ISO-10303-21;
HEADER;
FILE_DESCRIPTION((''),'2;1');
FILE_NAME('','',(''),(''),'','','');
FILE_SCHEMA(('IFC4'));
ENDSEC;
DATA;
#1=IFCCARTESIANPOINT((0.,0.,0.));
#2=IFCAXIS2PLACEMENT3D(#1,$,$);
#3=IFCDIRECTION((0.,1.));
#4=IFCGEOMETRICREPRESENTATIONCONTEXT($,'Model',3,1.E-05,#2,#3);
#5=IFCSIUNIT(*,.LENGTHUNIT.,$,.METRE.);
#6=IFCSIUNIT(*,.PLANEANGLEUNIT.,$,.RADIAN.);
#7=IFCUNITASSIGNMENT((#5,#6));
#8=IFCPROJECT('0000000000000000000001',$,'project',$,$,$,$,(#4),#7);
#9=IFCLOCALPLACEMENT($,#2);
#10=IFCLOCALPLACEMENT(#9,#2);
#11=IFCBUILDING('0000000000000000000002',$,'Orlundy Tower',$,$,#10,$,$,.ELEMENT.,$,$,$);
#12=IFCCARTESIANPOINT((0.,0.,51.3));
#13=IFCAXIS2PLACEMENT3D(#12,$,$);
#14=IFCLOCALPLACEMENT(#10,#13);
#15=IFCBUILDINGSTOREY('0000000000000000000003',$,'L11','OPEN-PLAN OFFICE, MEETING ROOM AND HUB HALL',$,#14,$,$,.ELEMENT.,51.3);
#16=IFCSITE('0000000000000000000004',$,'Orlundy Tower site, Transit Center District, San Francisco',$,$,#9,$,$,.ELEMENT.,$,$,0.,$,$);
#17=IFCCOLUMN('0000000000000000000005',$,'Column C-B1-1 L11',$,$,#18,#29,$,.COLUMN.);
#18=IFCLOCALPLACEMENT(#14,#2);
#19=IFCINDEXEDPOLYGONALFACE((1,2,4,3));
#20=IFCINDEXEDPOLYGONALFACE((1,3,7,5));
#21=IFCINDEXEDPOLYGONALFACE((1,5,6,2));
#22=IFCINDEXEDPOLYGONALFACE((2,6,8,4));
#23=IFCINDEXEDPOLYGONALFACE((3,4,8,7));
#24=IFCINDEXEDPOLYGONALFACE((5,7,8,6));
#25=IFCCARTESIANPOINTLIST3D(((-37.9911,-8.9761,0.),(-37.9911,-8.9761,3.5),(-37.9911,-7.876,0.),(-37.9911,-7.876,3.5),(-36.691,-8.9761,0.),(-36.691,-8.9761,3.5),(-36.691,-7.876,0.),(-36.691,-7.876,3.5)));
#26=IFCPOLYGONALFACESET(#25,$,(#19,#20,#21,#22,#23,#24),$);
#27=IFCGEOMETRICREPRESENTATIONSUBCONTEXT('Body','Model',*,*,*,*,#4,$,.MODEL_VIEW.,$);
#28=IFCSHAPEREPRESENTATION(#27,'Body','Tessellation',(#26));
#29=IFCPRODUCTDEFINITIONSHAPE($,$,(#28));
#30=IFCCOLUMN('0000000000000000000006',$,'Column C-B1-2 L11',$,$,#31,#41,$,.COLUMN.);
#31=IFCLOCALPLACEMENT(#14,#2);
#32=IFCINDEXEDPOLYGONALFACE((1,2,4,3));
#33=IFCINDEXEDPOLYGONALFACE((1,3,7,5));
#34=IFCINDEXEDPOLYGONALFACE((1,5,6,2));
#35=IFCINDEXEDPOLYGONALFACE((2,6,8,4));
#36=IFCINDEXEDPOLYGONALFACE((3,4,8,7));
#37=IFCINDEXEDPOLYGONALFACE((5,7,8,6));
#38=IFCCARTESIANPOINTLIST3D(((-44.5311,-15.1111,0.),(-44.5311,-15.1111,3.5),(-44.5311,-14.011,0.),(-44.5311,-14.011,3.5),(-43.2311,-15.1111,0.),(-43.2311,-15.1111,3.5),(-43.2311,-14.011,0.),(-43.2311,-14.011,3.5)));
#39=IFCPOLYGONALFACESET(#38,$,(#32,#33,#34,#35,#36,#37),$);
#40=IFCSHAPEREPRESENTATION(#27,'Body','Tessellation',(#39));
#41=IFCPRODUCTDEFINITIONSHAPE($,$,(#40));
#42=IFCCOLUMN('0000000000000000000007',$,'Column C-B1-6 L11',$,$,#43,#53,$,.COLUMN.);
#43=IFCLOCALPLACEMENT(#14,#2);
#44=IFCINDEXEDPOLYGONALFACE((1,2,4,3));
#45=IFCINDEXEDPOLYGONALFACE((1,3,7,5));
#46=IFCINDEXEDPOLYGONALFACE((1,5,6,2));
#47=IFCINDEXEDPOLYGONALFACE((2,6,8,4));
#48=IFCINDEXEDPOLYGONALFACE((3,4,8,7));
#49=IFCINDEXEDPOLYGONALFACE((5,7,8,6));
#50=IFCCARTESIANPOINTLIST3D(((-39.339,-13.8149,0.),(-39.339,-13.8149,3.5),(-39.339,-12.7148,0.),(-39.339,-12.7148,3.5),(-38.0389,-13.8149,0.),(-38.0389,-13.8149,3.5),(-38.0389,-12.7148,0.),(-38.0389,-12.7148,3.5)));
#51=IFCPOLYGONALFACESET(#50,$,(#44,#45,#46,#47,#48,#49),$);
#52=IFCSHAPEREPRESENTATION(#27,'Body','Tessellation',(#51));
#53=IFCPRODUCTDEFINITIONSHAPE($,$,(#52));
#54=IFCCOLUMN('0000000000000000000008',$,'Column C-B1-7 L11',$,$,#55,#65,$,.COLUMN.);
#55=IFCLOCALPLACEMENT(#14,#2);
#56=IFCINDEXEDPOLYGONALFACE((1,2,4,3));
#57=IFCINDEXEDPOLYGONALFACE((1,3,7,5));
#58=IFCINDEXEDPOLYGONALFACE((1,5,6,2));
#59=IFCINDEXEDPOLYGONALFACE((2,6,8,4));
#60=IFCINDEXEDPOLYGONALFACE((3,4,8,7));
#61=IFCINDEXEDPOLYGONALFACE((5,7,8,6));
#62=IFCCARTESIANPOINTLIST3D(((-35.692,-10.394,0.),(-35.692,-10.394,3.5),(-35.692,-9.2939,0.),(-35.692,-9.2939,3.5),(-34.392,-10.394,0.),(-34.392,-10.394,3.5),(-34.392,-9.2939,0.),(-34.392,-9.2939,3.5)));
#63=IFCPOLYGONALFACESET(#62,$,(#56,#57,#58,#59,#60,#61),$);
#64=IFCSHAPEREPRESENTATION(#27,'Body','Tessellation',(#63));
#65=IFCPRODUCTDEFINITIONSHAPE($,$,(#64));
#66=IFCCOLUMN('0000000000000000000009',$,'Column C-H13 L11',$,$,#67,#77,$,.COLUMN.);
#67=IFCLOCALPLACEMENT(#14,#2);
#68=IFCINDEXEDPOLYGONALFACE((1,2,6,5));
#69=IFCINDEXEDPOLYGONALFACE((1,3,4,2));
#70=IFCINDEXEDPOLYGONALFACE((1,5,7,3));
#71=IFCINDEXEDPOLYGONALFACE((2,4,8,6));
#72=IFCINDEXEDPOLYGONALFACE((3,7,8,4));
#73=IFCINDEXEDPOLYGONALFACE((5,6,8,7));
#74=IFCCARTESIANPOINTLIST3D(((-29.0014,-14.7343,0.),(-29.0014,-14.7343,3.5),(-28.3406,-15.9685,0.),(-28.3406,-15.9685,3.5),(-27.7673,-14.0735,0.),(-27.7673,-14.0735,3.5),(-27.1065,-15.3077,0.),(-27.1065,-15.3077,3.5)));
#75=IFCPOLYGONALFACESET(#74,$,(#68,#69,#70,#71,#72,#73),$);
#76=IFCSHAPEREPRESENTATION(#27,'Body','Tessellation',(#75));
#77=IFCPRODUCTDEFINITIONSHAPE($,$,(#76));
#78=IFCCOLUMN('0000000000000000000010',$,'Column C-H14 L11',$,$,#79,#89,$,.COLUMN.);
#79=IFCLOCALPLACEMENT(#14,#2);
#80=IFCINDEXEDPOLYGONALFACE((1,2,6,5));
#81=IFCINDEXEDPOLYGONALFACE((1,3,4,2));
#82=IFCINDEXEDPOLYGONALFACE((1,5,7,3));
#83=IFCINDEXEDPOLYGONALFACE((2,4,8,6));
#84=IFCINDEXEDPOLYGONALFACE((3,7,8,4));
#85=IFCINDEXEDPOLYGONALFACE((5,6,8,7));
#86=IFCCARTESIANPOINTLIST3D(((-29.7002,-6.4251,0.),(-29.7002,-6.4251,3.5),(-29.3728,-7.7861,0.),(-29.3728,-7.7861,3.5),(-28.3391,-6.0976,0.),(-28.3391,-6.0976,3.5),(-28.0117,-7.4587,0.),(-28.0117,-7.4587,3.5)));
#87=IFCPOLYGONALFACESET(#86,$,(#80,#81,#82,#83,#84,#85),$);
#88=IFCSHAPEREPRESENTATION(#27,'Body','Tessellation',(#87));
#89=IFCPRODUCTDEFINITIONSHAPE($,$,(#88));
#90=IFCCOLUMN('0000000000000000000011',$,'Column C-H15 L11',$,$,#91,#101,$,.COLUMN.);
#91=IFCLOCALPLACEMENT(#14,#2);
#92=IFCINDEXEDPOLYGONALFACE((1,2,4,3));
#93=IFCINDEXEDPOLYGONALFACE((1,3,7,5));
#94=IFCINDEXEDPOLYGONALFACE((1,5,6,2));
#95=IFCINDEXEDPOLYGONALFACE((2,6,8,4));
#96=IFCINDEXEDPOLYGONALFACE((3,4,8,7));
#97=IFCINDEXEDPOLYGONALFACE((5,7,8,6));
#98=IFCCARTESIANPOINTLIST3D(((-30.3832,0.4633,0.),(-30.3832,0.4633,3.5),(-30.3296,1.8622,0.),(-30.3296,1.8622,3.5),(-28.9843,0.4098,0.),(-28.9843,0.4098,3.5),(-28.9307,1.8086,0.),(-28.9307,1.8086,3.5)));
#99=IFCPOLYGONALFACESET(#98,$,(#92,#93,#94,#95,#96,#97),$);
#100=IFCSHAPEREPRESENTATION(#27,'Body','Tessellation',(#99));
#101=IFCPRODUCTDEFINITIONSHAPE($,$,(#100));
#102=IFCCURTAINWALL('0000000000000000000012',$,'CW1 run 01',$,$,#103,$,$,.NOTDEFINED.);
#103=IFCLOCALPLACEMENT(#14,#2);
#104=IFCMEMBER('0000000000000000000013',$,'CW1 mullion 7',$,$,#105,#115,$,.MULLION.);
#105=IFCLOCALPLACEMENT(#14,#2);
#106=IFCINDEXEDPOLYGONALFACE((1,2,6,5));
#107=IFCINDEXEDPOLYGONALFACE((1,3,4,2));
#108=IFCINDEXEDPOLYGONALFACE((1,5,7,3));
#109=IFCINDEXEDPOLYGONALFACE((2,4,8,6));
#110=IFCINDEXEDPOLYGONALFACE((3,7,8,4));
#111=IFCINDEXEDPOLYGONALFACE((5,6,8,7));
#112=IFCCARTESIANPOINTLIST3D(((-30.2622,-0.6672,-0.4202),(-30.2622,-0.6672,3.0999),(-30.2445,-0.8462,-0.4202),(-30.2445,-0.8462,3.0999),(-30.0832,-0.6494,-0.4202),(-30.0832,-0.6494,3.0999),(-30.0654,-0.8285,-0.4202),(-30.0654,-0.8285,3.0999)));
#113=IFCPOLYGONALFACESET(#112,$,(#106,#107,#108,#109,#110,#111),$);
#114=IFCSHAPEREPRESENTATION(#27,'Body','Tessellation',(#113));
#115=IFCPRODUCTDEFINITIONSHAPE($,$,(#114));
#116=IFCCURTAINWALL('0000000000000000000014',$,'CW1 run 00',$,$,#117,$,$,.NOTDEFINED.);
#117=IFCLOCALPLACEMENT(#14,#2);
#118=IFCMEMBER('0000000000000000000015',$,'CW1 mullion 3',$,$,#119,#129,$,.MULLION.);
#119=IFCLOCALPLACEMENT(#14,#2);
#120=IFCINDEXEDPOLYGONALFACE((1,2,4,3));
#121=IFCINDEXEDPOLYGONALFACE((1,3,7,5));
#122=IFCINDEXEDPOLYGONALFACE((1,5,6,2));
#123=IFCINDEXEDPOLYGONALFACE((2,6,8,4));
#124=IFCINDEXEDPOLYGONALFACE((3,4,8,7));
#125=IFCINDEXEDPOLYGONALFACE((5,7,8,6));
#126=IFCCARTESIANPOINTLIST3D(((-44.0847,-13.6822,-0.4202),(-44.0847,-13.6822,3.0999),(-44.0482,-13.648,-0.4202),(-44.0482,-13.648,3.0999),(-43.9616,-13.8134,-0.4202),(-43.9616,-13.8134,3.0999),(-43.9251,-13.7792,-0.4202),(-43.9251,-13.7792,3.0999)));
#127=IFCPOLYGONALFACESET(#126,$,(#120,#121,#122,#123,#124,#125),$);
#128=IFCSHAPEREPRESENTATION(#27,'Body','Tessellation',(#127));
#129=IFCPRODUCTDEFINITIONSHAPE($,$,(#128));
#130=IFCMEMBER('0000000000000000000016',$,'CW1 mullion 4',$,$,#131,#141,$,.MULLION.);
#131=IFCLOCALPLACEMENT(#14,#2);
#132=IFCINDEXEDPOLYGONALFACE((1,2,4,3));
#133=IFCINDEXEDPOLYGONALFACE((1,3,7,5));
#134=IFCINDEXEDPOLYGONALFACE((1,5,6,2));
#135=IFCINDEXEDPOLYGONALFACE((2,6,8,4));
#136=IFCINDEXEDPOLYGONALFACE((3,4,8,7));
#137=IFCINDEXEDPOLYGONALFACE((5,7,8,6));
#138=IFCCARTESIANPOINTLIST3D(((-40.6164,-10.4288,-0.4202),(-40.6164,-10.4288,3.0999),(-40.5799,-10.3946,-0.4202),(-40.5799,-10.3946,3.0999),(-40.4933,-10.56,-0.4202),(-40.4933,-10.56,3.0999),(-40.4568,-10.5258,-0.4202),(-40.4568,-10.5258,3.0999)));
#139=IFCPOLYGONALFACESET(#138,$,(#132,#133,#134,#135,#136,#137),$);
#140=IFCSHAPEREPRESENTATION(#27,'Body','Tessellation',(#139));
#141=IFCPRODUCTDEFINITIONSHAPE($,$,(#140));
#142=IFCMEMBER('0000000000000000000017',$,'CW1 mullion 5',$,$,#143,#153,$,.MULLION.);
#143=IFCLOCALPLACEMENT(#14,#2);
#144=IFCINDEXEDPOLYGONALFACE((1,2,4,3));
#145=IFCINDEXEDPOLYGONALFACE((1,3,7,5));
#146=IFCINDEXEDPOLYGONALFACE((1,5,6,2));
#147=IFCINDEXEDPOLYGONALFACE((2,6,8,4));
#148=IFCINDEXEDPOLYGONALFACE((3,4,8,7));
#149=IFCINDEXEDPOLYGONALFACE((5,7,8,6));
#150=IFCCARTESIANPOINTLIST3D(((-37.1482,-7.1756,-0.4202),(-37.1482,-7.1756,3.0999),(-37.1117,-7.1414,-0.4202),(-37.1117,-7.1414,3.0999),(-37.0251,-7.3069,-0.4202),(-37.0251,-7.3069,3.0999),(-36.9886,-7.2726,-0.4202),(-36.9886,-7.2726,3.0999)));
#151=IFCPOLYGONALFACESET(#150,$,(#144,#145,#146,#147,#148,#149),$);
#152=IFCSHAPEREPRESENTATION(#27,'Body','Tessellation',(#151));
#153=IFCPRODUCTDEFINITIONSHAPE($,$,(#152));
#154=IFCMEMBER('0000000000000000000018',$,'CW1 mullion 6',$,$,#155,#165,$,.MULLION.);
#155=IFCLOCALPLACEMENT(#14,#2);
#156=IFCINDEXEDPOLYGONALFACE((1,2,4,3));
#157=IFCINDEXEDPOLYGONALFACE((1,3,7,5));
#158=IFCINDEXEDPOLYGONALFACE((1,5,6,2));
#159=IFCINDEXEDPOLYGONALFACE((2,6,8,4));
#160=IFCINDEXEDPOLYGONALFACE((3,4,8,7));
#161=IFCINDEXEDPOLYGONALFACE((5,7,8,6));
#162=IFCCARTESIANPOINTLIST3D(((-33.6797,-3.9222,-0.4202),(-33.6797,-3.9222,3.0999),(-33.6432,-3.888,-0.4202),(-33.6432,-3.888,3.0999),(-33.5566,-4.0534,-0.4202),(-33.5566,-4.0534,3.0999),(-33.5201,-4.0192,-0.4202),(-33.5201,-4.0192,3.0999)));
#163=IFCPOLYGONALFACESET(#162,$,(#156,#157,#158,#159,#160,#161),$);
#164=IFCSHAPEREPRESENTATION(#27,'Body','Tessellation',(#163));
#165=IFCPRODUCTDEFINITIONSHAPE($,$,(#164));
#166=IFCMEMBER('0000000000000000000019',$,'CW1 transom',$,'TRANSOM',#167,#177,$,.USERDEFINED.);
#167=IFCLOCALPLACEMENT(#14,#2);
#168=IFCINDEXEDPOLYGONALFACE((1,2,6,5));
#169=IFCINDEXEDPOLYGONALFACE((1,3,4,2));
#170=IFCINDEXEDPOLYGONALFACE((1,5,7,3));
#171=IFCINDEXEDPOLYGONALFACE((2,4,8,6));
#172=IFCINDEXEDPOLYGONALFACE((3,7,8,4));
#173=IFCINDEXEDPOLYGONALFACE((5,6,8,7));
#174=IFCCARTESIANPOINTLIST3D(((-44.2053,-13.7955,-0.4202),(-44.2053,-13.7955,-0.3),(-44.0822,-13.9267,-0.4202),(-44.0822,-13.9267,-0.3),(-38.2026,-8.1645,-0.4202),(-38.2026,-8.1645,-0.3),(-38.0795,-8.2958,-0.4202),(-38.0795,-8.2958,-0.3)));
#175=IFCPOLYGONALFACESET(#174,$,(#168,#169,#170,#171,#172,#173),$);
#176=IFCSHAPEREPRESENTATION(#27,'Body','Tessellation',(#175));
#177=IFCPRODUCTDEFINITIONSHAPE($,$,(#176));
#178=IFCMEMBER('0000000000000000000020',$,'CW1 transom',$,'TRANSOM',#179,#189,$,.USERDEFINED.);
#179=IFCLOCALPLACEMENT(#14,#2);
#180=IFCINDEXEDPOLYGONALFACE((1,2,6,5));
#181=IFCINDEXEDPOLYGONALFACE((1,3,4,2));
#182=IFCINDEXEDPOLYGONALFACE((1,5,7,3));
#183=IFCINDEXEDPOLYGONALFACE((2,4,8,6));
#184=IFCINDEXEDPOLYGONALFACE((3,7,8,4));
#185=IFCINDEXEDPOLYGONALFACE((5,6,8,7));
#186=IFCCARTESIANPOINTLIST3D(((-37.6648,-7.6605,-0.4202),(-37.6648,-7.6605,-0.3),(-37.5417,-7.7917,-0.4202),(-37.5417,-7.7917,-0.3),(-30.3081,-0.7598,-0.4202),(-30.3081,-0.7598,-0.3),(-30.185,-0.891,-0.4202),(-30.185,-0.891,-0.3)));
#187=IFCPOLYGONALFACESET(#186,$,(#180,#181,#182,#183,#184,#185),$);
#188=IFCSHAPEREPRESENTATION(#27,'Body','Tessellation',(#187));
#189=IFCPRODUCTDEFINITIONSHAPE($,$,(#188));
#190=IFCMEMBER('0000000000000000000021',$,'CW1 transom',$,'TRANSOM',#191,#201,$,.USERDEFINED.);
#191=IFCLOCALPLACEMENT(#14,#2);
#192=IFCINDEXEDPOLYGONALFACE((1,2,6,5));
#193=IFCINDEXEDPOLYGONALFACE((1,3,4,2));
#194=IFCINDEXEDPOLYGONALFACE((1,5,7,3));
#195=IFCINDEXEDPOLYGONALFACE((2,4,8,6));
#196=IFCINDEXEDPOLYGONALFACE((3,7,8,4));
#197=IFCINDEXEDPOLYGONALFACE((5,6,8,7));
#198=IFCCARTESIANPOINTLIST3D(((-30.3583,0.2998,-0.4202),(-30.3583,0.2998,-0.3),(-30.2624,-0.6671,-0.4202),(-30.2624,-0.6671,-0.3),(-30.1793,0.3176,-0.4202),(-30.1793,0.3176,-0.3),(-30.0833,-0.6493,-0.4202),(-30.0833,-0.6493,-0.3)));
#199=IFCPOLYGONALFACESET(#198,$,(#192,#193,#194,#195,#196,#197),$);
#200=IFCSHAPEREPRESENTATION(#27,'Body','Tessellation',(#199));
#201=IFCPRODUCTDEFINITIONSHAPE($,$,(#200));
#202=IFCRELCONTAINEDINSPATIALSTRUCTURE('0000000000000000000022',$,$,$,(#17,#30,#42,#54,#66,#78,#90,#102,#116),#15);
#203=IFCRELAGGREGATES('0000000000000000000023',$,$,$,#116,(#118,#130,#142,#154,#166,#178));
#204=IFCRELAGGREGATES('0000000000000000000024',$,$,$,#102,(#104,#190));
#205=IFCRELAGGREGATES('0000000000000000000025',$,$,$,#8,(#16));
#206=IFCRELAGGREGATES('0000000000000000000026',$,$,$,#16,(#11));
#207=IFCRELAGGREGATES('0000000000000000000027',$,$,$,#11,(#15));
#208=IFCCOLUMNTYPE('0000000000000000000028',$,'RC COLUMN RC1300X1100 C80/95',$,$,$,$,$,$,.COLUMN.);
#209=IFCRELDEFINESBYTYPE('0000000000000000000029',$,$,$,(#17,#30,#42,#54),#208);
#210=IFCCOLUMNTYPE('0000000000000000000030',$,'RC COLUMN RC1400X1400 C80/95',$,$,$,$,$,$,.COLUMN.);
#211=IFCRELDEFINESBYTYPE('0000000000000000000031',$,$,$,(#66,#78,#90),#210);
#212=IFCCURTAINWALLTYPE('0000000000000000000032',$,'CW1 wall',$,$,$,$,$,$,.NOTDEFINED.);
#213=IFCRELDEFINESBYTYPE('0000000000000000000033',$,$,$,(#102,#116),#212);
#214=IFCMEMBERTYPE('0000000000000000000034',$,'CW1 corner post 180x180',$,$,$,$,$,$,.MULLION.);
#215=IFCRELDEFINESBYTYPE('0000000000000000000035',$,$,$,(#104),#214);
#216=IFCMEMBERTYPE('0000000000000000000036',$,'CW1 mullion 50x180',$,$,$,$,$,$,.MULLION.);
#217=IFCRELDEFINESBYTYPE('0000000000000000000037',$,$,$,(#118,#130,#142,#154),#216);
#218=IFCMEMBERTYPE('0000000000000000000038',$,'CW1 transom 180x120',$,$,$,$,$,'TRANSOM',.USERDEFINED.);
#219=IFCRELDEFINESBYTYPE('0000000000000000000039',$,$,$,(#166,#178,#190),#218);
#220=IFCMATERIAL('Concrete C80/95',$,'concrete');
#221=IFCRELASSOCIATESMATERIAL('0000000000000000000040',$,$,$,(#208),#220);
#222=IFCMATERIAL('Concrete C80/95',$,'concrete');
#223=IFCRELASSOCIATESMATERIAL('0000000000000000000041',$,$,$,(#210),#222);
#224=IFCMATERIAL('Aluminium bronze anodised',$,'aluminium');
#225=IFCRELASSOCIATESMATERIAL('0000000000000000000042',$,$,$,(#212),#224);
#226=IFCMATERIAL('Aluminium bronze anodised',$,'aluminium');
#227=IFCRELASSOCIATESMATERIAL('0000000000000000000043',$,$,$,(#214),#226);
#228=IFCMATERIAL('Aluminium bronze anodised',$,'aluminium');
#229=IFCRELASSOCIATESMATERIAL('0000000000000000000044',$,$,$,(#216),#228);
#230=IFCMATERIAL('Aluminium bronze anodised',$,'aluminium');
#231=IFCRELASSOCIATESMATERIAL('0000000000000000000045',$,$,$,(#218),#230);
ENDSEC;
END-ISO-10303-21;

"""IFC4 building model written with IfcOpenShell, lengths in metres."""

from ifc_helpers import new_model, si_unit, direction, frame, origin, origin_2d, place, context, subcontext, project, spatial, rectangle, extrude, material, material_profile, profile_set, type_object, element, aggregate, save


model = new_model("IFC4")

# Units and contexts
model_context = context("Model", 3, precision=1e-05, world=origin(), true_north=direction((0.0, 1.0)))
body_context = subcontext(model_context, "Body", "Model", "MODEL_VIEW")
ifc_project = project(units=[si_unit("LENGTHUNIT", "METRE"), si_unit("PLANEANGLEUNIT", "RADIAN")], contexts=[model_context])

# Site, building, storey
site_placement = place(None, origin())
site = spatial("IfcSite", under=ifc_project, at=site_placement, Name="Orlundy Tower site, Transit Center District, San Francisco", CompositionType="ELEMENT", RefElevation=0.0)
building_placement = place(site_placement, origin())
building = spatial("IfcBuilding", under=site, at=building_placement, Name="Orlundy Tower", CompositionType="ELEMENT")
storey_placement = place(building_placement, frame((0.0, 0.0, 51.3)))
storey = spatial("IfcBuildingStorey", under=building, at=storey_placement, Name="L11", Description="OPEN-PLAN OFFICE, MEETING ROOM AND HUB HALL", CompositionType="ELEMENT", Elevation=51.3)

# Columns
ifc_material_1 = material(Name="Concrete C80/95", Category="concrete")
ifc_material_profile_1 = material_profile(ifc_material_1, rectangle(XDim=1.3, YDim=1.1001, at=origin_2d()), Name="RC1300X1100")
ifc_profile_set_1 = profile_set([ifc_material_profile_1], Name="Concrete C80/95")
column_type_1 = type_object("IfcColumnType", Name="RC COLUMN RC1300X1100 C80/95", PredefinedType="COLUMN", material=ifc_profile_set_1)
for number, where, z_axis, x_axis, name in (
    (1, (-37.3411, -8.426, 0.0), (0.0, 0.0, 1.0), (1.0, 0.0, 0.0), "Column C-B1-1 L11"),
    (2, (-43.8811, -14.561, 0.0), (0.0, 0.0, 1.0), (1.0, 0.0, 0.0), "Column C-B1-2 L11"),
    (3, (-38.689, -13.2649, 0.0), (0.0, 0.0, 1.0), (1.0, 0.0, 0.0), "Column C-B1-6 L11"),
    (4, (-35.042, -9.844, 0.0), (0.0, 0.0, 1.0), (1.0, 0.0, 0.0), "Column C-B1-7 L11"),
):
    element("IfcColumn", number, at=place(storey_placement, frame(where, z_axis=z_axis, x_axis=x_axis)), inside=storey, type_object=column_type_1, Name=name, PredefinedType="COLUMN", context=body_context, shape_type="SweptSolid", body=[
        extrude(rectangle(XDim=1.3, YDim=1.1001, at=origin_2d()), origin(), (0.0, 0.0, 1.0), 3.5),
    ])
ifc_material_2 = material(Name="Concrete C80/95", Category="concrete")
ifc_material_profile_2 = material_profile(ifc_material_2, rectangle(XDim=1.3999, YDim=1.3999, at=origin_2d()), Name="RC1400X1400")
ifc_profile_set_2 = profile_set([ifc_material_profile_2], Name="Concrete C80/95")
column_type_2 = type_object("IfcColumnType", Name="RC COLUMN RC1400X1400 C80/95", PredefinedType="COLUMN", material=ifc_profile_set_2)
for number, where, z_axis, x_axis, name in (
    (5, (-28.054, -15.021, 0.0), (0.0, 0.0, 1.0), (-0.881584, -0.472028, 0.0), "Column C-H13 L11"),
    (6, (-28.856, -6.9419, 0.0), (0.0, 0.0, 1.0), (-0.97226, -0.233904, 0.0), "Column C-H14 L11"),
    (7, (-29.657, 1.136, 0.0), (0.0, 0.0, 1.0), (-0.999267, 0.038283, 0.0), "Column C-H15 L11"),
):
    element("IfcColumn", number, at=place(storey_placement, frame(where, z_axis=z_axis, x_axis=x_axis)), inside=storey, type_object=column_type_2, Name=name, PredefinedType="COLUMN", context=body_context, shape_type="SweptSolid", body=[
        extrude(rectangle(XDim=1.3999, YDim=1.3999, at=origin_2d()), origin(), (0.0, 0.0, 1.0), 3.5),
    ])

# Curtain wall, member
ifc_material_3 = material(Name="Aluminium bronze anodised", Category="aluminium")
curtain_wall_type = type_object("IfcCurtainWallType", Name="CW1 wall", PredefinedType="NOTDEFINED", material=ifc_material_3)
curtain_wall_1_placement = place(storey_placement, origin())
curtain_wall_1 = element("IfcCurtainWall", 8, at=curtain_wall_1_placement, inside=storey, type_object=curtain_wall_type, Name="CW1 run 01", PredefinedType="NOTDEFINED")
ifc_material_4 = material(Name="Aluminium bronze anodised", Category="aluminium")
ifc_material_profile_3 = material_profile(ifc_material_4, rectangle(XDim=0.1799, YDim=0.1799, at=origin_2d()), Name="CW1 corner post 180x180")
ifc_profile_set_3 = profile_set([ifc_material_profile_3], Name="Aluminium bronze anodised")
member_type_1 = type_object("IfcMemberType", Name="CW1 corner post 180x180", PredefinedType="MULLION", material=ifc_profile_set_3)
member_1_placement = place(storey_placement, frame((-30.1638, -0.7478, -0.4202), z_axis=(0.0, 0.0, 1.0), x_axis=(-0.99512, -0.098672, 0.0)))
member_1 = element("IfcMember", 9, at=member_1_placement, type_object=member_type_1, Name="CW1 mullion 7", PredefinedType="MULLION", context=body_context, shape_type="SweptSolid", body=[
    extrude(rectangle(XDim=0.1799, YDim=0.1799, at=origin_2d()), origin(), (0.0, 0.0, 1.0), 3.52),
])

# Curtain wall, members
curtain_wall_2_placement = place(storey_placement, origin())
curtain_wall_2 = element("IfcCurtainWall", 10, at=curtain_wall_2_placement, inside=storey, type_object=curtain_wall_type, Name="CW1 run 00", PredefinedType="NOTDEFINED")
ifc_material_5 = material(Name="Aluminium bronze anodised", Category="aluminium")
ifc_material_profile_4 = material_profile(ifc_material_5, rectangle(XDim=0.1799, YDim=0.05, at=origin_2d()), Name="CW1 mullion 50x180")
ifc_profile_set_4 = profile_set([ifc_material_profile_4], Name="Aluminium bronze anodised")
member_type_2 = type_object("IfcMemberType", Name="CW1 mullion 50x180", PredefinedType="MULLION", material=ifc_profile_set_4)
member_2_placement = place(storey_placement, frame((-44.0049, -13.7307, -0.4202), z_axis=(0.0, 0.0, 1.0), x_axis=(-0.684139, 0.729351, 0.0)))
member_2 = element("IfcMember", 11, at=member_2_placement, type_object=member_type_2, Name="CW1 mullion 3", PredefinedType="MULLION", context=body_context, shape_type="SweptSolid", body=[
    extrude(rectangle(XDim=0.1799, YDim=0.05, at=origin_2d()), origin(), (0.0, 0.0, 1.0), 3.52),
])
member_3_placement = place(storey_placement, frame((-40.5366, -10.4773, -0.4202), z_axis=(0.0, 0.0, 1.0), x_axis=(-0.684139, 0.729351, 0.0)))
member_3 = element("IfcMember", 12, at=member_3_placement, type_object=member_type_2, Name="CW1 mullion 4", PredefinedType="MULLION", context=body_context, shape_type="SweptSolid", body=[
    extrude(rectangle(XDim=0.1799, YDim=0.05, at=origin_2d()), origin(), (0.0, 0.0, 1.0), 3.52),
])
member_4_placement = place(storey_placement, frame((-37.0684, -7.2241, -0.4202), z_axis=(0.0, 0.0, 1.0), x_axis=(-0.684139, 0.729351, 0.0)))
member_4 = element("IfcMember", 13, at=member_4_placement, type_object=member_type_2, Name="CW1 mullion 5", PredefinedType="MULLION", context=body_context, shape_type="SweptSolid", body=[
    extrude(rectangle(XDim=0.1799, YDim=0.05, at=origin_2d()), origin(), (0.0, 0.0, 1.0), 3.52),
])
member_5_placement = place(storey_placement, frame((-33.5999, -3.9707, -0.4202), z_axis=(0.0, 0.0, 1.0), x_axis=(-0.684139, 0.729351, 0.0)))
member_5 = element("IfcMember", 14, at=member_5_placement, type_object=member_type_2, Name="CW1 mullion 6", PredefinedType="MULLION", context=body_context, shape_type="SweptSolid", body=[
    extrude(rectangle(XDim=0.1799, YDim=0.05, at=origin_2d()), origin(), (0.0, 0.0, 1.0), 3.52),
])
ifc_material_6 = material(Name="Aluminium bronze anodised", Category="aluminium")
ifc_material_profile_5 = material_profile(ifc_material_6, rectangle(XDim=0.1799, YDim=0.1201, at=origin_2d()), Name="CW1 transom 180x120")
ifc_profile_set_5 = profile_set([ifc_material_profile_5], Name="Aluminium bronze anodised")
member_type_3 = type_object("IfcMemberType", Name="CW1 transom 180x120", ElementType="TRANSOM", PredefinedType="USERDEFINED", material=ifc_profile_set_5)
member_6_placement = place(storey_placement, frame((-44.1438, -13.8611, -0.3601), z_axis=(0.729335, 0.684157, 0.0), x_axis=(-0.684157, 0.729335, 0.0)))
member_6 = element("IfcMember", 15, at=member_6_placement, type_object=member_type_3, Name="CW1 transom", ObjectType="TRANSOM", PredefinedType="USERDEFINED", context=body_context, shape_type="SweptSolid", body=[
    extrude(rectangle(XDim=0.1799, YDim=0.1201, at=origin_2d()), origin(), (0.0, 0.0, 1.0), 8.2305),
])
member_7_placement = place(storey_placement, frame((-37.6033, -7.7261, -0.3601), z_axis=(0.729352, 0.684138, 0.0), x_axis=(-0.684138, 0.729352, 0.0)))
member_7 = element("IfcMember", 16, at=member_7_placement, type_object=member_type_3, Name="CW1 transom", ObjectType="TRANSOM", PredefinedType="USERDEFINED", context=body_context, shape_type="SweptSolid", body=[
    extrude(rectangle(XDim=0.1799, YDim=0.1201, at=origin_2d()), origin(), (0.0, 0.0, 1.0), 10.0867),
])

# Member
member_8_placement = place(storey_placement, frame((-30.1729, -0.6582, -0.3601), z_axis=(-0.098733, 0.995114, 0.0), x_axis=(-0.995114, -0.098733, 0.0)))
member_8 = element("IfcMember", 17, at=member_8_placement, type_object=member_type_3, Name="CW1 transom", ObjectType="TRANSOM", PredefinedType="USERDEFINED", context=body_context, shape_type="SweptSolid", body=[
    extrude(rectangle(XDim=0.1799, YDim=0.1201, at=origin_2d()), origin(), (0.0, 0.0, 1.0), 0.9717),
])

aggregate(curtain_wall_2, [member_2, member_3, member_4, member_5, member_6, member_7])
aggregate(curtain_wall_1, [member_1, member_8])

save(model, "model.ifc")
